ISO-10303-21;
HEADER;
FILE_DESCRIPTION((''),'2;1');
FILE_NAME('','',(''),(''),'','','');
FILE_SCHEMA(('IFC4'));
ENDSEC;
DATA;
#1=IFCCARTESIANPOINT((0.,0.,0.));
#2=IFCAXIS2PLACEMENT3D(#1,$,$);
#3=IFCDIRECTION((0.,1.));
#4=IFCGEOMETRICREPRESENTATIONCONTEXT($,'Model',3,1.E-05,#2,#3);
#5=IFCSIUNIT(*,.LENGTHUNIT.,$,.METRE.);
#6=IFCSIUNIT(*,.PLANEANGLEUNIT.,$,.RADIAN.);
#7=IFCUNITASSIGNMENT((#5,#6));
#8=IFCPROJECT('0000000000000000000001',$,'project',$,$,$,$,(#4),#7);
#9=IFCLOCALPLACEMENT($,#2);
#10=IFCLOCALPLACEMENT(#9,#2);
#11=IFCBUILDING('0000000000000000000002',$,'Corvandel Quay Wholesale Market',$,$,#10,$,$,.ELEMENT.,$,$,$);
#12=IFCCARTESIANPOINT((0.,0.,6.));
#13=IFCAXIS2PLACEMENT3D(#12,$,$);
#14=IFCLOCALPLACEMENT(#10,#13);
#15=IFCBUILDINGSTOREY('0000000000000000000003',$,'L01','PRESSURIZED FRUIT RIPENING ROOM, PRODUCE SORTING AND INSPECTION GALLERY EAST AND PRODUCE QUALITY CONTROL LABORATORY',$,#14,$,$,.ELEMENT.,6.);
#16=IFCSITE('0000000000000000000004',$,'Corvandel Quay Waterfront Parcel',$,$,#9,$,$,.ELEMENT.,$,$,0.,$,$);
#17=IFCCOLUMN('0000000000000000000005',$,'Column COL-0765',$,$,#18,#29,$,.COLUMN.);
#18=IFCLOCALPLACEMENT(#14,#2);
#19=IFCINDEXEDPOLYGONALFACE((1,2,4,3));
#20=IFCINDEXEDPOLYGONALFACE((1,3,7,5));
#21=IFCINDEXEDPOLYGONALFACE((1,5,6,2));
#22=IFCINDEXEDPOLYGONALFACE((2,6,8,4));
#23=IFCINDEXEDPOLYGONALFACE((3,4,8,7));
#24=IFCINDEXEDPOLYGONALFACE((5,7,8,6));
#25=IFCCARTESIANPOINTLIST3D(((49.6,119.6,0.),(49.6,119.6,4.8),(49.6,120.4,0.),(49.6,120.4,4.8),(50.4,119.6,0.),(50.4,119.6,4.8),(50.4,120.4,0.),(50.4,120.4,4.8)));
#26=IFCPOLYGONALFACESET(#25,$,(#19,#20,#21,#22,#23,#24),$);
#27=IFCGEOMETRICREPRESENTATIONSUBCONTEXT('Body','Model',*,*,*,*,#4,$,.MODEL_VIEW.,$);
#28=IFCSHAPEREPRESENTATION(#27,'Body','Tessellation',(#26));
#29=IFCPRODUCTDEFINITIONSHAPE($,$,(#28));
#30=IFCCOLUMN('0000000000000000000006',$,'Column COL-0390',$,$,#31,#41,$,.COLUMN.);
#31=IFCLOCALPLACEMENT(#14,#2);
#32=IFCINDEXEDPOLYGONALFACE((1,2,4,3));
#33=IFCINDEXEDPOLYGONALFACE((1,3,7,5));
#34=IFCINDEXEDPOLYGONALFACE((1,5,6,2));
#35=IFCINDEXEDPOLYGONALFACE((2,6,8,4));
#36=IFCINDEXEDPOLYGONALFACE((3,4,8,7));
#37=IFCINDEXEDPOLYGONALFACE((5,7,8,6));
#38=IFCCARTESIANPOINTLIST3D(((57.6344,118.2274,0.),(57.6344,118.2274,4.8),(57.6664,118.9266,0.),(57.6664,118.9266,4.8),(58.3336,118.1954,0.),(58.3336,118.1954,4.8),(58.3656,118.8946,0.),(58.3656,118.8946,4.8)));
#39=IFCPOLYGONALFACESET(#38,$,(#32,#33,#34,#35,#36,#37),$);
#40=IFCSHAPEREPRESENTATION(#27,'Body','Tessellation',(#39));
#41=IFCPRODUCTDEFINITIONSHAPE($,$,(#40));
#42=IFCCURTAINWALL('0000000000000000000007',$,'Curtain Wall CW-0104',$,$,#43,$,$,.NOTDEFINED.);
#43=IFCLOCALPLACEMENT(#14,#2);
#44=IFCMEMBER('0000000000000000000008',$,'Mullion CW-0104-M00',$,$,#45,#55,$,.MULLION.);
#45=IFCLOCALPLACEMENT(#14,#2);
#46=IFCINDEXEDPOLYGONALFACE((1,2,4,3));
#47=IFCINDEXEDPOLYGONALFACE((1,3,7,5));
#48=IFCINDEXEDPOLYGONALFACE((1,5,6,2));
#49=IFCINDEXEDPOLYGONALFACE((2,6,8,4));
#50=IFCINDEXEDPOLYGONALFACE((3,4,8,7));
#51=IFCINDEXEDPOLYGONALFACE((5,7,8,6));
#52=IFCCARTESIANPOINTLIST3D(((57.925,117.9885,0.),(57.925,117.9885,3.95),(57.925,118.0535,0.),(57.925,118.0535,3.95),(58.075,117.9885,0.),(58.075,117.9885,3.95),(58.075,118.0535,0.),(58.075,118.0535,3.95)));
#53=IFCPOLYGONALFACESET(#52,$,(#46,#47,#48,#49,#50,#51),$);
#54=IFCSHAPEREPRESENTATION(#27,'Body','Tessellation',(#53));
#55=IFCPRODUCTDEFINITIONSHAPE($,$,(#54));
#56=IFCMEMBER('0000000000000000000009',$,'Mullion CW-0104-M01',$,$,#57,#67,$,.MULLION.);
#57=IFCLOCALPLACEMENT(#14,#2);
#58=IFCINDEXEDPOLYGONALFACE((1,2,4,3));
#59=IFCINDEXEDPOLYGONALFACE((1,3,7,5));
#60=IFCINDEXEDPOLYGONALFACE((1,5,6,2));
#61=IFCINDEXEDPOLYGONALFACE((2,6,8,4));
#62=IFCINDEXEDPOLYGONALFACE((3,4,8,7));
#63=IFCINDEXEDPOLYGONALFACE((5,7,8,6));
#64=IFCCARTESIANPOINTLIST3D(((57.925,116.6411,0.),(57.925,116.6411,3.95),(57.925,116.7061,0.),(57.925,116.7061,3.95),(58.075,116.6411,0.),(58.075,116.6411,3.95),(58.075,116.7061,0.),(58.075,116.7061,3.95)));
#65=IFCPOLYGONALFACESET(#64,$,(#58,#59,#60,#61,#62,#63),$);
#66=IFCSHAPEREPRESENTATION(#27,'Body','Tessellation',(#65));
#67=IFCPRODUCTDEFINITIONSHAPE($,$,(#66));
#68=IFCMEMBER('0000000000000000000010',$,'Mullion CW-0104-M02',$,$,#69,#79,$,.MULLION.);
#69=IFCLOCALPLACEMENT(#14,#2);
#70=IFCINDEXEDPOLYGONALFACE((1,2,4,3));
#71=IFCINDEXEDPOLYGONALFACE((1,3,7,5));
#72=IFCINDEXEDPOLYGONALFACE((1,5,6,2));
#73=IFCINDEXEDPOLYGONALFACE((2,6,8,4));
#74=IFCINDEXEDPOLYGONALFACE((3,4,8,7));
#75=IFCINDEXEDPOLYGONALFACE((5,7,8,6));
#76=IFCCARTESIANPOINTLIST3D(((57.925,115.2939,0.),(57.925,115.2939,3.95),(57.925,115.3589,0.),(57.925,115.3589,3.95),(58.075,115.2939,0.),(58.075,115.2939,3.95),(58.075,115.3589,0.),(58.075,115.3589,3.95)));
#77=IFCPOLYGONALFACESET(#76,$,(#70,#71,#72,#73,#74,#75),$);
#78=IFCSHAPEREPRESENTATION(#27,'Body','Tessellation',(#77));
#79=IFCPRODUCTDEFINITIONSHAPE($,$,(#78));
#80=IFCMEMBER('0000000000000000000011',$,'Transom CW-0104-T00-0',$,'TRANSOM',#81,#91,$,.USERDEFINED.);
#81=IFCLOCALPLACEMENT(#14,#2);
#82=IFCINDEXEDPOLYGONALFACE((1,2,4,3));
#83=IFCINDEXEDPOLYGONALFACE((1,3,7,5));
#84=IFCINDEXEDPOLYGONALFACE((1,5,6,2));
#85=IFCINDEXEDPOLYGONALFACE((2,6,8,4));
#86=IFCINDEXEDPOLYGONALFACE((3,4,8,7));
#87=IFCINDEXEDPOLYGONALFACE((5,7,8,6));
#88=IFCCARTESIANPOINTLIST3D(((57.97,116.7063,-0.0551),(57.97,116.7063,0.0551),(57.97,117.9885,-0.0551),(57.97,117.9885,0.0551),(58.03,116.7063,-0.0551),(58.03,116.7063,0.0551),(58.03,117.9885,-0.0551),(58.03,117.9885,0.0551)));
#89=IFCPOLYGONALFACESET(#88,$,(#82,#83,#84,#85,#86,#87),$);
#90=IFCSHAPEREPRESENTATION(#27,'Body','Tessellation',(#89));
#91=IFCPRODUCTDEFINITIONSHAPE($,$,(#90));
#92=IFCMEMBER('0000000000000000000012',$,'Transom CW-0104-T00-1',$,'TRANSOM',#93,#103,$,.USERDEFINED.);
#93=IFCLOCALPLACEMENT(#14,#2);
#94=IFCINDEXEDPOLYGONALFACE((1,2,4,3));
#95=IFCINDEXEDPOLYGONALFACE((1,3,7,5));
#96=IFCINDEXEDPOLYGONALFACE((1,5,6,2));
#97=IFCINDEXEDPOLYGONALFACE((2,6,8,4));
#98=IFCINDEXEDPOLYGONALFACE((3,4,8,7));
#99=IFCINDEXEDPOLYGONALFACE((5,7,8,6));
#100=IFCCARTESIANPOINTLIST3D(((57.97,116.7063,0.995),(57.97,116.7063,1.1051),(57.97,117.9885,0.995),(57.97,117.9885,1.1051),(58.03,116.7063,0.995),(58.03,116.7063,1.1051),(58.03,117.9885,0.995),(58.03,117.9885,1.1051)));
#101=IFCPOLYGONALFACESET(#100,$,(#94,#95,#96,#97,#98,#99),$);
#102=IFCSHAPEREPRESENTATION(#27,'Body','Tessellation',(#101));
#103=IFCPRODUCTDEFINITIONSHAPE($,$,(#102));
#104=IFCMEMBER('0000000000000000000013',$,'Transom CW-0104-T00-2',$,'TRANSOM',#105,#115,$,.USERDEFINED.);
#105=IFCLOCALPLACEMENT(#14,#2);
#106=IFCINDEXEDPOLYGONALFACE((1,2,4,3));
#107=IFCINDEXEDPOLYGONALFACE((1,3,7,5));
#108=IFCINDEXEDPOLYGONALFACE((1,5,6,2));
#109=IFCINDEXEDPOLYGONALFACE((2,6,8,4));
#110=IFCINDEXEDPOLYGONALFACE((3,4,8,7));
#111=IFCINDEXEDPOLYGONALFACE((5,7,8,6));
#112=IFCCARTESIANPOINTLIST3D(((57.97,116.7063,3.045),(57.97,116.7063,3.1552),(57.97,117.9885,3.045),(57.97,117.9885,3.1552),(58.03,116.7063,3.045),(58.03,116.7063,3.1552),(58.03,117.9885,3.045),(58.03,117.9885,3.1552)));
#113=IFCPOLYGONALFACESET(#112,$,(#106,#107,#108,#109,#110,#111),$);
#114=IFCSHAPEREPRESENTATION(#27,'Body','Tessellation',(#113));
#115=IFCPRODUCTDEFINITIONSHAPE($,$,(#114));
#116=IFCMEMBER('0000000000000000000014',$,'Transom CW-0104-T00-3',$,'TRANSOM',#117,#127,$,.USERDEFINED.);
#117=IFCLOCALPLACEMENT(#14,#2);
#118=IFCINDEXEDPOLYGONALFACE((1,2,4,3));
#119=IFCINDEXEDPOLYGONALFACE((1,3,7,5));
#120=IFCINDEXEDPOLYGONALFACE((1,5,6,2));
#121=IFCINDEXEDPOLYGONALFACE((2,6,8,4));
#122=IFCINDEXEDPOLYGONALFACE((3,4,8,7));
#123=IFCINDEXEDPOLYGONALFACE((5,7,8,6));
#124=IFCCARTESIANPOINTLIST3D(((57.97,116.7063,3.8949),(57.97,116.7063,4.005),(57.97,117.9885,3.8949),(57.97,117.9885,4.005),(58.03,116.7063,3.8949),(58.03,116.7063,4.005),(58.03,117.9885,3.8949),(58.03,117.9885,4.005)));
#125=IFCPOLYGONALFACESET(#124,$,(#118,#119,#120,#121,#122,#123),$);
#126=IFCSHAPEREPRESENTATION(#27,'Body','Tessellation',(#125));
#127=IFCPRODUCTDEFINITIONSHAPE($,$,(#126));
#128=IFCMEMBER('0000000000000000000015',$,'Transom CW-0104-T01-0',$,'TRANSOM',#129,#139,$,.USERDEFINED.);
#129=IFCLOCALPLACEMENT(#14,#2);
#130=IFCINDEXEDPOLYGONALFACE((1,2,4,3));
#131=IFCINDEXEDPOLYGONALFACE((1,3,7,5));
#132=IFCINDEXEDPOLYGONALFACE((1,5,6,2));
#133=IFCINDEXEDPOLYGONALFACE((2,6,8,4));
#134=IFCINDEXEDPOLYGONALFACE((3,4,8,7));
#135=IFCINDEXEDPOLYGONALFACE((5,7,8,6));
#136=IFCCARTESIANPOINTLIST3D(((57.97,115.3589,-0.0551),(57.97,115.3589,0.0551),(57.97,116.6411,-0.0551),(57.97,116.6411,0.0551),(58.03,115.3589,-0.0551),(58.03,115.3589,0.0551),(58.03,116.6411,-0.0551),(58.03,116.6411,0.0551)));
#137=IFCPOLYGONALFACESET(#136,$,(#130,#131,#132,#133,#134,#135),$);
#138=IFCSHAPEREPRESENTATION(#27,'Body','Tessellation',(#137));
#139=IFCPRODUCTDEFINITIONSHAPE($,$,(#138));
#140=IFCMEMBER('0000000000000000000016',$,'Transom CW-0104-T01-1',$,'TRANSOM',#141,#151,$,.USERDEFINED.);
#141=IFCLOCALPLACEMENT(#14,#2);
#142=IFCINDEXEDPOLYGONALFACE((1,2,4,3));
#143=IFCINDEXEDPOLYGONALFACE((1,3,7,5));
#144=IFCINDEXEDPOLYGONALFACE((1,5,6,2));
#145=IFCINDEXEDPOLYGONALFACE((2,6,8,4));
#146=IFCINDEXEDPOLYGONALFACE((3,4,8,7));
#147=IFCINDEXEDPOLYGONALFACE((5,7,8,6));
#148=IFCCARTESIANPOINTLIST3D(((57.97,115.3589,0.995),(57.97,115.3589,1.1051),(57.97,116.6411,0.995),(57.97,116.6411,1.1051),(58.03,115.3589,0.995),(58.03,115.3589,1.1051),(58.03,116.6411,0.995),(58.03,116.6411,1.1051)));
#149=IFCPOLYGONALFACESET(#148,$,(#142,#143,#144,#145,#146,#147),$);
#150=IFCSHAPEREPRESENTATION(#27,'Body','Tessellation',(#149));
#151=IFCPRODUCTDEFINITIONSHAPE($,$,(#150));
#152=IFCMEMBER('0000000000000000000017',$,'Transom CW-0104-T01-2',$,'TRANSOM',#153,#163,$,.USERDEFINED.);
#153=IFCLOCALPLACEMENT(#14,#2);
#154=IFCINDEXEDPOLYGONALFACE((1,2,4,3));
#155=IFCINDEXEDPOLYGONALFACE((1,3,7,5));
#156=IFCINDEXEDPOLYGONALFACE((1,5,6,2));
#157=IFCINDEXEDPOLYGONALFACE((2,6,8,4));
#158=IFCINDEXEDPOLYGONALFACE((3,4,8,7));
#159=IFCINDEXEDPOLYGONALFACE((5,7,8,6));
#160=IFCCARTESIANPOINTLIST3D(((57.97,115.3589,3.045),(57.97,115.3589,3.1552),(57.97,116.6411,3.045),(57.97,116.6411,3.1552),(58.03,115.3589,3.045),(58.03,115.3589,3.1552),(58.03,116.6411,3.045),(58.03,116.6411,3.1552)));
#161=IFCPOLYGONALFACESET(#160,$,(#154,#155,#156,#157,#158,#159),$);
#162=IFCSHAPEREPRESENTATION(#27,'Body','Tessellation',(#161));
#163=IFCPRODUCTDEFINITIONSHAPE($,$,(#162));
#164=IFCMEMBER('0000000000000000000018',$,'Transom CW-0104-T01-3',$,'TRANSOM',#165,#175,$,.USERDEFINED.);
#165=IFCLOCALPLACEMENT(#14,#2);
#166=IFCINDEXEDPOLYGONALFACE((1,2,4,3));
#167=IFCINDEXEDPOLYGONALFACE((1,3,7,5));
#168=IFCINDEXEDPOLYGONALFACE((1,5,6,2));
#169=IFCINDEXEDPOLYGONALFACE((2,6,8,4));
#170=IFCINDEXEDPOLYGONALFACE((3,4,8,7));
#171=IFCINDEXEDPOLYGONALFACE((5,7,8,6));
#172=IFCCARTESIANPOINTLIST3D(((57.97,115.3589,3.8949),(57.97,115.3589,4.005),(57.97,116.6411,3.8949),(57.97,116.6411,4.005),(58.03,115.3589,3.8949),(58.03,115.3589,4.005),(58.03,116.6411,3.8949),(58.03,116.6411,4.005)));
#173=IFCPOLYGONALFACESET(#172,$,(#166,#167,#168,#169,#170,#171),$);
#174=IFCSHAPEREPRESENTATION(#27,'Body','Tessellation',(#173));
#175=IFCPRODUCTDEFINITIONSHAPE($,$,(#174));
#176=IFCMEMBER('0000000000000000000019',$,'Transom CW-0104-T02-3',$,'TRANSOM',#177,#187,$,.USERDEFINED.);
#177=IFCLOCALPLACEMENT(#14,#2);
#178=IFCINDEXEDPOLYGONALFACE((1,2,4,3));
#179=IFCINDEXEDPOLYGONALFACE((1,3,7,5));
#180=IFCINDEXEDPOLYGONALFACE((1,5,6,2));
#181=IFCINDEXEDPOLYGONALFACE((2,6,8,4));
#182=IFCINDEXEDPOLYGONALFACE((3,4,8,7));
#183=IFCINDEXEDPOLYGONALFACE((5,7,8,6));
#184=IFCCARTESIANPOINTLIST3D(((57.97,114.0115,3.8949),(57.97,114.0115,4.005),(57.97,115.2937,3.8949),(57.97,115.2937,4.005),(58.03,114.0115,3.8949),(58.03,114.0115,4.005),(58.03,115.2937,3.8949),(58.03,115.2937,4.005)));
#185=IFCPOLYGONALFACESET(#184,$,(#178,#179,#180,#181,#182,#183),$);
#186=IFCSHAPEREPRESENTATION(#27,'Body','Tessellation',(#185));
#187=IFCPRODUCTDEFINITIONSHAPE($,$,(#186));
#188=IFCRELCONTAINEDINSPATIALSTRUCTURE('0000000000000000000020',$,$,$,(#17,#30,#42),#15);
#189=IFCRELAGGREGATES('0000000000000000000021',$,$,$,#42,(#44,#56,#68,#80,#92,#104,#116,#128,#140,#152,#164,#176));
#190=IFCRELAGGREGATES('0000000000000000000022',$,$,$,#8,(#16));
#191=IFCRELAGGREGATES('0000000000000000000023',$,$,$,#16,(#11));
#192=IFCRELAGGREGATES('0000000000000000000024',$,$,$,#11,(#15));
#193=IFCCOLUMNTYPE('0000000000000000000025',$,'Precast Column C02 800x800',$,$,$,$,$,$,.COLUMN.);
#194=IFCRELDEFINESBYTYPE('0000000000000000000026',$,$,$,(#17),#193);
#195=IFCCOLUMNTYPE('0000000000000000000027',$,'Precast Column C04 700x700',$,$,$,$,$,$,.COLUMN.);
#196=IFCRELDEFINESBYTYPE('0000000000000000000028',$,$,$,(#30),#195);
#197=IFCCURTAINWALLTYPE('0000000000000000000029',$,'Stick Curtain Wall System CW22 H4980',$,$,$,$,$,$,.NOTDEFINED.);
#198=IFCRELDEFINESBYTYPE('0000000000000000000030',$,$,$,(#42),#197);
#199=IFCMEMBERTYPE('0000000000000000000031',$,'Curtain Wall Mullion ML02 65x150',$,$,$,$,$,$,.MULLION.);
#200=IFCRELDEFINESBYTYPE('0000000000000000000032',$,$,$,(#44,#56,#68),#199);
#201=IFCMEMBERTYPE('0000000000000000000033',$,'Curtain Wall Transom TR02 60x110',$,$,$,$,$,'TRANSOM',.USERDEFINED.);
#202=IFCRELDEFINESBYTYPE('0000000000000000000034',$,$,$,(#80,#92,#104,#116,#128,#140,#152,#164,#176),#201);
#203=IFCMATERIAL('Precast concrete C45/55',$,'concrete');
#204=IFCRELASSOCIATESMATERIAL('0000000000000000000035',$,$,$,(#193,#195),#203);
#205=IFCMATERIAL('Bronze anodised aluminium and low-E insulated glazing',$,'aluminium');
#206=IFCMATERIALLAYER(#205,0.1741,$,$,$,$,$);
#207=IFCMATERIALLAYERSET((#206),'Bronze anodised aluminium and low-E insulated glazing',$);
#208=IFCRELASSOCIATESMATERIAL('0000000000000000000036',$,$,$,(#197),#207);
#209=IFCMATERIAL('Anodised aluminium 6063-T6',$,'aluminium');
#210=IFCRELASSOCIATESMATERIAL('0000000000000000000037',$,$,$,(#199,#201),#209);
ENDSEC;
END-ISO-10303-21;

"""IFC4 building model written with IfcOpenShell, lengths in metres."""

from ifc_helpers import new_model, si_unit, direction, frame, origin, origin_2d, place, context, subcontext, project, spatial, rectangle, extrude, material, layer, layer_set, material_profile, profile_set, type_object, element, aggregate, save


model = new_model("IFC4")

# Units and contexts
model_context = context("Model", 3, precision=1e-05, world=origin(), true_north=direction((0.0, 1.0)))
body_context = subcontext(model_context, "Body", "Model", "MODEL_VIEW")
ifc_project = project(units=[si_unit("LENGTHUNIT", "METRE"), si_unit("PLANEANGLEUNIT", "RADIAN")], contexts=[model_context])

# Site, building, storey
site_placement = place(None, origin())
site = spatial("IfcSite", under=ifc_project, at=site_placement, Name="Corvandel Quay Waterfront Parcel", CompositionType="ELEMENT", RefElevation=0.0)
building_placement = place(site_placement, origin())
building = spatial("IfcBuilding", under=site, at=building_placement, Name="Corvandel Quay Wholesale Market", CompositionType="ELEMENT")
storey_placement = place(building_placement, frame((0.0, 0.0, 6.0)))
storey = spatial("IfcBuildingStorey", under=building, at=storey_placement, Name="L01", Description="PRESSURIZED FRUIT RIPENING ROOM, PRODUCE SORTING AND INSPECTION GALLERY EAST AND PRODUCE QUALITY CONTROL LABORATORY", CompositionType="ELEMENT", Elevation=6.0)

# Columns
ifc_material_1 = material(Name="Precast concrete C45/55", Category="concrete")
ifc_material_profile_1 = material_profile(ifc_material_1, rectangle(XDim=0.8, YDim=0.8, at=origin_2d()), Name="PC-COL-800x800")
ifc_profile_set_1 = profile_set([ifc_material_profile_1], Name="Precast concrete C45/55")
column_type_1 = type_object("IfcColumnType", Name="Precast Column C02 800x800", PredefinedType="COLUMN", material=ifc_profile_set_1)
column_1_placement = place(storey_placement, frame((50.0, 120.0, 0.0), z_axis=(0.0, 0.0, 1.0), x_axis=(1.0, 0.0, 0.0)))
element("IfcColumn", 1, at=column_1_placement, inside=storey, type_object=column_type_1, Name="Column COL-0765", PredefinedType="COLUMN", context=body_context, shape_type="SweptSolid", body=[
    extrude(rectangle(XDim=0.8, YDim=0.8, at=origin_2d()), origin(), (0.0, 0.0, 1.0), 4.8),
])
ifc_material_profile_2 = material_profile(ifc_material_1, rectangle(XDim=0.7, YDim=0.7, at=origin_2d()), Name="PC-COL-700x700")
ifc_profile_set_2 = profile_set([ifc_material_profile_2], Name="Precast concrete C45/55")
column_type_2 = type_object("IfcColumnType", Name="Precast Column C04 700x700", PredefinedType="COLUMN", material=ifc_profile_set_2)
column_2_placement = place(storey_placement, frame((58.0, 118.561, 0.0), z_axis=(0.0, 0.0, 1.0), x_axis=(0.045712, 0.998955, 0.0)))
element("IfcColumn", 2, at=column_2_placement, inside=storey, type_object=column_type_2, Name="Column COL-0390", PredefinedType="COLUMN", context=body_context, shape_type="SweptSolid", body=[
    extrude(rectangle(XDim=0.7, YDim=0.7, at=origin_2d()), origin(), (0.0, 0.0, 1.0), 4.8),
])

# Curtain wall, members
ifc_material_2 = material(Name="Bronze anodised aluminium and low-E insulated glazing", Category="aluminium")
ifc_layer_1 = layer(ifc_material_2, 0.1741)
ifc_layer_set_1 = layer_set([ifc_layer_1], Name="Bronze anodised aluminium and low-E insulated glazing")
curtain_wall_type = type_object("IfcCurtainWallType", Name="Stick Curtain Wall System CW22 H4980", PredefinedType="NOTDEFINED", material=ifc_layer_set_1)
curtain_wall_placement = place(storey_placement, origin())
curtain_wall = element("IfcCurtainWall", 3, at=curtain_wall_placement, inside=storey, type_object=curtain_wall_type, Name="Curtain Wall CW-0104", PredefinedType="NOTDEFINED")
ifc_material_3 = material(Name="Anodised aluminium 6063-T6", Category="aluminium")
ifc_material_profile_3 = material_profile(ifc_material_3, rectangle(XDim=0.0649, YDim=0.1499, at=origin_2d()), Name="ALU-MUL-65x150")
ifc_profile_set_3 = profile_set([ifc_material_profile_3], Name="Anodised aluminium 6063-T6")
member_type_1 = type_object("IfcMemberType", Name="Curtain Wall Mullion ML02 65x150", PredefinedType="MULLION", material=ifc_profile_set_3)
member_1_placement = place(storey_placement, frame((58.0, 118.021, 0.0), z_axis=(0.0, 0.0, 1.0), x_axis=(0.0, 1.0, 0.0)))
member_1 = element("IfcMember", 4, at=member_1_placement, type_object=member_type_1, Name="Mullion CW-0104-M00", PredefinedType="MULLION", context=body_context, shape_type="SweptSolid", body=[
    extrude(rectangle(XDim=0.0649, YDim=0.1499, at=origin_2d()), origin(), (0.0, 0.0, 1.0), 3.95),
])
member_2_placement = place(storey_placement, frame((58.0, 116.6736, 0.0), z_axis=(0.0, 0.0, 1.0), x_axis=(0.0, 1.0, 0.0)))
member_2 = element("IfcMember", 5, at=member_2_placement, type_object=member_type_1, Name="Mullion CW-0104-M01", PredefinedType="MULLION", context=body_context, shape_type="SweptSolid", body=[
    extrude(rectangle(XDim=0.0649, YDim=0.1499, at=origin_2d()), origin(), (0.0, 0.0, 1.0), 3.95),
])
member_3_placement = place(storey_placement, frame((58.0, 115.3264, 0.0), z_axis=(0.0, 0.0, 1.0), x_axis=(0.0, 1.0, 0.0)))
member_3 = element("IfcMember", 6, at=member_3_placement, type_object=member_type_1, Name="Mullion CW-0104-M02", PredefinedType="MULLION", context=body_context, shape_type="SweptSolid", body=[
    extrude(rectangle(XDim=0.0649, YDim=0.1499, at=origin_2d()), origin(), (0.0, 0.0, 1.0), 3.95),
])
ifc_material_profile_4 = material_profile(ifc_material_3, rectangle(XDim=0.0601, YDim=0.1101, at=origin_2d()), Name="ALU-TRN-60x110")
ifc_profile_set_4 = profile_set([ifc_material_profile_4], Name="Anodised aluminium 6063-T6")
member_type_2 = type_object("IfcMemberType", Name="Curtain Wall Transom TR02 60x110", ElementType="TRANSOM", PredefinedType="USERDEFINED", material=ifc_profile_set_4)
member_4_placement = place(storey_placement, frame((58.0, 117.9885, 0.0), z_axis=(0.0, -1.0, 0.0), x_axis=(1.0, 0.0, 0.0)))
member_4 = element("IfcMember", 7, at=member_4_placement, type_object=member_type_2, Name="Transom CW-0104-T00-0", ObjectType="TRANSOM", PredefinedType="USERDEFINED", context=body_context, shape_type="SweptSolid", body=[
    extrude(rectangle(XDim=0.0601, YDim=0.1101, at=origin_2d()), origin(), (0.0, 0.0, 1.0), 1.2822),
])
member_5_placement = place(storey_placement, frame((58.0, 117.9885, 1.05), z_axis=(0.0, -1.0, 0.0), x_axis=(1.0, 0.0, 0.0)))
member_5 = element("IfcMember", 8, at=member_5_placement, type_object=member_type_2, Name="Transom CW-0104-T00-1", ObjectType="TRANSOM", PredefinedType="USERDEFINED", context=body_context, shape_type="SweptSolid", body=[
    extrude(rectangle(XDim=0.0601, YDim=0.1101, at=origin_2d()), origin(), (0.0, 0.0, 1.0), 1.2822),
])
member_6_placement = place(storey_placement, frame((58.0, 117.9885, 3.1001), z_axis=(0.0, -1.0, 0.0), x_axis=(1.0, 0.0, 0.0)))
member_6 = element("IfcMember", 9, at=member_6_placement, type_object=member_type_2, Name="Transom CW-0104-T00-2", ObjectType="TRANSOM", PredefinedType="USERDEFINED", context=body_context, shape_type="SweptSolid", body=[
    extrude(rectangle(XDim=0.0601, YDim=0.1101, at=origin_2d()), origin(), (0.0, 0.0, 1.0), 1.2822),
])
member_7_placement = place(storey_placement, frame((58.0, 117.9885, 3.95), z_axis=(0.0, -1.0, 0.0), x_axis=(1.0, 0.0, 0.0)))
member_7 = element("IfcMember", 10, at=member_7_placement, type_object=member_type_2, Name="Transom CW-0104-T00-3", ObjectType="TRANSOM", PredefinedType="USERDEFINED", context=body_context, shape_type="SweptSolid", body=[
    extrude(rectangle(XDim=0.0601, YDim=0.1101, at=origin_2d()), origin(), (0.0, 0.0, 1.0), 1.2822),
])
member_8_placement = place(storey_placement, frame((58.0, 116.6411, 0.0), z_axis=(0.0, -1.0, 0.0), x_axis=(1.0, 0.0, 0.0)))
member_8 = element("IfcMember", 11, at=member_8_placement, type_object=member_type_2, Name="Transom CW-0104-T01-0", ObjectType="TRANSOM", PredefinedType="USERDEFINED", context=body_context, shape_type="SweptSolid", body=[
    extrude(rectangle(XDim=0.0601, YDim=0.1101, at=origin_2d()), origin(), (0.0, 0.0, 1.0), 1.2822),
])
member_9_placement = place(storey_placement, frame((58.0, 116.6411, 1.05), z_axis=(0.0, -1.0, 0.0), x_axis=(1.0, 0.0, 0.0)))
member_9 = element("IfcMember", 12, at=member_9_placement, type_object=member_type_2, Name="Transom CW-0104-T01-1", ObjectType="TRANSOM", PredefinedType="USERDEFINED", context=body_context, shape_type="SweptSolid", body=[
    extrude(rectangle(XDim=0.0601, YDim=0.1101, at=origin_2d()), origin(), (0.0, 0.0, 1.0), 1.2822),
])
member_10_placement = place(storey_placement, frame((58.0, 116.6411, 3.1001), z_axis=(0.0, -1.0, 0.0), x_axis=(1.0, 0.0, 0.0)))
member_10 = element("IfcMember", 13, at=member_10_placement, type_object=member_type_2, Name="Transom CW-0104-T01-2", ObjectType="TRANSOM", PredefinedType="USERDEFINED", context=body_context, shape_type="SweptSolid", body=[
    extrude(rectangle(XDim=0.0601, YDim=0.1101, at=origin_2d()), origin(), (0.0, 0.0, 1.0), 1.2822),
])
member_11_placement = place(storey_placement, frame((58.0, 116.6411, 3.95), z_axis=(0.0, -1.0, 0.0), x_axis=(1.0, 0.0, 0.0)))
member_11 = element("IfcMember", 14, at=member_11_placement, type_object=member_type_2, Name="Transom CW-0104-T01-3", ObjectType="TRANSOM", PredefinedType="USERDEFINED", context=body_context, shape_type="SweptSolid", body=[
    extrude(rectangle(XDim=0.0601, YDim=0.1101, at=origin_2d()), origin(), (0.0, 0.0, 1.0), 1.2822),
])
member_12_placement = place(storey_placement, frame((58.0, 115.2937, 3.95), z_axis=(0.0, -1.0, 0.0), x_axis=(1.0, 0.0, 0.0)))
member_12 = element("IfcMember", 15, at=member_12_placement, type_object=member_type_2, Name="Transom CW-0104-T02-3", ObjectType="TRANSOM", PredefinedType="USERDEFINED", context=body_context, shape_type="SweptSolid", body=[
    extrude(rectangle(XDim=0.0601, YDim=0.1101, at=origin_2d()), origin(), (0.0, 0.0, 1.0), 1.2822),
])

aggregate(curtain_wall, [member_1, member_2, member_3, member_4, member_5, member_6, member_7, member_8, member_9, member_10, member_11, member_12])

save(model, "model.ifc")
